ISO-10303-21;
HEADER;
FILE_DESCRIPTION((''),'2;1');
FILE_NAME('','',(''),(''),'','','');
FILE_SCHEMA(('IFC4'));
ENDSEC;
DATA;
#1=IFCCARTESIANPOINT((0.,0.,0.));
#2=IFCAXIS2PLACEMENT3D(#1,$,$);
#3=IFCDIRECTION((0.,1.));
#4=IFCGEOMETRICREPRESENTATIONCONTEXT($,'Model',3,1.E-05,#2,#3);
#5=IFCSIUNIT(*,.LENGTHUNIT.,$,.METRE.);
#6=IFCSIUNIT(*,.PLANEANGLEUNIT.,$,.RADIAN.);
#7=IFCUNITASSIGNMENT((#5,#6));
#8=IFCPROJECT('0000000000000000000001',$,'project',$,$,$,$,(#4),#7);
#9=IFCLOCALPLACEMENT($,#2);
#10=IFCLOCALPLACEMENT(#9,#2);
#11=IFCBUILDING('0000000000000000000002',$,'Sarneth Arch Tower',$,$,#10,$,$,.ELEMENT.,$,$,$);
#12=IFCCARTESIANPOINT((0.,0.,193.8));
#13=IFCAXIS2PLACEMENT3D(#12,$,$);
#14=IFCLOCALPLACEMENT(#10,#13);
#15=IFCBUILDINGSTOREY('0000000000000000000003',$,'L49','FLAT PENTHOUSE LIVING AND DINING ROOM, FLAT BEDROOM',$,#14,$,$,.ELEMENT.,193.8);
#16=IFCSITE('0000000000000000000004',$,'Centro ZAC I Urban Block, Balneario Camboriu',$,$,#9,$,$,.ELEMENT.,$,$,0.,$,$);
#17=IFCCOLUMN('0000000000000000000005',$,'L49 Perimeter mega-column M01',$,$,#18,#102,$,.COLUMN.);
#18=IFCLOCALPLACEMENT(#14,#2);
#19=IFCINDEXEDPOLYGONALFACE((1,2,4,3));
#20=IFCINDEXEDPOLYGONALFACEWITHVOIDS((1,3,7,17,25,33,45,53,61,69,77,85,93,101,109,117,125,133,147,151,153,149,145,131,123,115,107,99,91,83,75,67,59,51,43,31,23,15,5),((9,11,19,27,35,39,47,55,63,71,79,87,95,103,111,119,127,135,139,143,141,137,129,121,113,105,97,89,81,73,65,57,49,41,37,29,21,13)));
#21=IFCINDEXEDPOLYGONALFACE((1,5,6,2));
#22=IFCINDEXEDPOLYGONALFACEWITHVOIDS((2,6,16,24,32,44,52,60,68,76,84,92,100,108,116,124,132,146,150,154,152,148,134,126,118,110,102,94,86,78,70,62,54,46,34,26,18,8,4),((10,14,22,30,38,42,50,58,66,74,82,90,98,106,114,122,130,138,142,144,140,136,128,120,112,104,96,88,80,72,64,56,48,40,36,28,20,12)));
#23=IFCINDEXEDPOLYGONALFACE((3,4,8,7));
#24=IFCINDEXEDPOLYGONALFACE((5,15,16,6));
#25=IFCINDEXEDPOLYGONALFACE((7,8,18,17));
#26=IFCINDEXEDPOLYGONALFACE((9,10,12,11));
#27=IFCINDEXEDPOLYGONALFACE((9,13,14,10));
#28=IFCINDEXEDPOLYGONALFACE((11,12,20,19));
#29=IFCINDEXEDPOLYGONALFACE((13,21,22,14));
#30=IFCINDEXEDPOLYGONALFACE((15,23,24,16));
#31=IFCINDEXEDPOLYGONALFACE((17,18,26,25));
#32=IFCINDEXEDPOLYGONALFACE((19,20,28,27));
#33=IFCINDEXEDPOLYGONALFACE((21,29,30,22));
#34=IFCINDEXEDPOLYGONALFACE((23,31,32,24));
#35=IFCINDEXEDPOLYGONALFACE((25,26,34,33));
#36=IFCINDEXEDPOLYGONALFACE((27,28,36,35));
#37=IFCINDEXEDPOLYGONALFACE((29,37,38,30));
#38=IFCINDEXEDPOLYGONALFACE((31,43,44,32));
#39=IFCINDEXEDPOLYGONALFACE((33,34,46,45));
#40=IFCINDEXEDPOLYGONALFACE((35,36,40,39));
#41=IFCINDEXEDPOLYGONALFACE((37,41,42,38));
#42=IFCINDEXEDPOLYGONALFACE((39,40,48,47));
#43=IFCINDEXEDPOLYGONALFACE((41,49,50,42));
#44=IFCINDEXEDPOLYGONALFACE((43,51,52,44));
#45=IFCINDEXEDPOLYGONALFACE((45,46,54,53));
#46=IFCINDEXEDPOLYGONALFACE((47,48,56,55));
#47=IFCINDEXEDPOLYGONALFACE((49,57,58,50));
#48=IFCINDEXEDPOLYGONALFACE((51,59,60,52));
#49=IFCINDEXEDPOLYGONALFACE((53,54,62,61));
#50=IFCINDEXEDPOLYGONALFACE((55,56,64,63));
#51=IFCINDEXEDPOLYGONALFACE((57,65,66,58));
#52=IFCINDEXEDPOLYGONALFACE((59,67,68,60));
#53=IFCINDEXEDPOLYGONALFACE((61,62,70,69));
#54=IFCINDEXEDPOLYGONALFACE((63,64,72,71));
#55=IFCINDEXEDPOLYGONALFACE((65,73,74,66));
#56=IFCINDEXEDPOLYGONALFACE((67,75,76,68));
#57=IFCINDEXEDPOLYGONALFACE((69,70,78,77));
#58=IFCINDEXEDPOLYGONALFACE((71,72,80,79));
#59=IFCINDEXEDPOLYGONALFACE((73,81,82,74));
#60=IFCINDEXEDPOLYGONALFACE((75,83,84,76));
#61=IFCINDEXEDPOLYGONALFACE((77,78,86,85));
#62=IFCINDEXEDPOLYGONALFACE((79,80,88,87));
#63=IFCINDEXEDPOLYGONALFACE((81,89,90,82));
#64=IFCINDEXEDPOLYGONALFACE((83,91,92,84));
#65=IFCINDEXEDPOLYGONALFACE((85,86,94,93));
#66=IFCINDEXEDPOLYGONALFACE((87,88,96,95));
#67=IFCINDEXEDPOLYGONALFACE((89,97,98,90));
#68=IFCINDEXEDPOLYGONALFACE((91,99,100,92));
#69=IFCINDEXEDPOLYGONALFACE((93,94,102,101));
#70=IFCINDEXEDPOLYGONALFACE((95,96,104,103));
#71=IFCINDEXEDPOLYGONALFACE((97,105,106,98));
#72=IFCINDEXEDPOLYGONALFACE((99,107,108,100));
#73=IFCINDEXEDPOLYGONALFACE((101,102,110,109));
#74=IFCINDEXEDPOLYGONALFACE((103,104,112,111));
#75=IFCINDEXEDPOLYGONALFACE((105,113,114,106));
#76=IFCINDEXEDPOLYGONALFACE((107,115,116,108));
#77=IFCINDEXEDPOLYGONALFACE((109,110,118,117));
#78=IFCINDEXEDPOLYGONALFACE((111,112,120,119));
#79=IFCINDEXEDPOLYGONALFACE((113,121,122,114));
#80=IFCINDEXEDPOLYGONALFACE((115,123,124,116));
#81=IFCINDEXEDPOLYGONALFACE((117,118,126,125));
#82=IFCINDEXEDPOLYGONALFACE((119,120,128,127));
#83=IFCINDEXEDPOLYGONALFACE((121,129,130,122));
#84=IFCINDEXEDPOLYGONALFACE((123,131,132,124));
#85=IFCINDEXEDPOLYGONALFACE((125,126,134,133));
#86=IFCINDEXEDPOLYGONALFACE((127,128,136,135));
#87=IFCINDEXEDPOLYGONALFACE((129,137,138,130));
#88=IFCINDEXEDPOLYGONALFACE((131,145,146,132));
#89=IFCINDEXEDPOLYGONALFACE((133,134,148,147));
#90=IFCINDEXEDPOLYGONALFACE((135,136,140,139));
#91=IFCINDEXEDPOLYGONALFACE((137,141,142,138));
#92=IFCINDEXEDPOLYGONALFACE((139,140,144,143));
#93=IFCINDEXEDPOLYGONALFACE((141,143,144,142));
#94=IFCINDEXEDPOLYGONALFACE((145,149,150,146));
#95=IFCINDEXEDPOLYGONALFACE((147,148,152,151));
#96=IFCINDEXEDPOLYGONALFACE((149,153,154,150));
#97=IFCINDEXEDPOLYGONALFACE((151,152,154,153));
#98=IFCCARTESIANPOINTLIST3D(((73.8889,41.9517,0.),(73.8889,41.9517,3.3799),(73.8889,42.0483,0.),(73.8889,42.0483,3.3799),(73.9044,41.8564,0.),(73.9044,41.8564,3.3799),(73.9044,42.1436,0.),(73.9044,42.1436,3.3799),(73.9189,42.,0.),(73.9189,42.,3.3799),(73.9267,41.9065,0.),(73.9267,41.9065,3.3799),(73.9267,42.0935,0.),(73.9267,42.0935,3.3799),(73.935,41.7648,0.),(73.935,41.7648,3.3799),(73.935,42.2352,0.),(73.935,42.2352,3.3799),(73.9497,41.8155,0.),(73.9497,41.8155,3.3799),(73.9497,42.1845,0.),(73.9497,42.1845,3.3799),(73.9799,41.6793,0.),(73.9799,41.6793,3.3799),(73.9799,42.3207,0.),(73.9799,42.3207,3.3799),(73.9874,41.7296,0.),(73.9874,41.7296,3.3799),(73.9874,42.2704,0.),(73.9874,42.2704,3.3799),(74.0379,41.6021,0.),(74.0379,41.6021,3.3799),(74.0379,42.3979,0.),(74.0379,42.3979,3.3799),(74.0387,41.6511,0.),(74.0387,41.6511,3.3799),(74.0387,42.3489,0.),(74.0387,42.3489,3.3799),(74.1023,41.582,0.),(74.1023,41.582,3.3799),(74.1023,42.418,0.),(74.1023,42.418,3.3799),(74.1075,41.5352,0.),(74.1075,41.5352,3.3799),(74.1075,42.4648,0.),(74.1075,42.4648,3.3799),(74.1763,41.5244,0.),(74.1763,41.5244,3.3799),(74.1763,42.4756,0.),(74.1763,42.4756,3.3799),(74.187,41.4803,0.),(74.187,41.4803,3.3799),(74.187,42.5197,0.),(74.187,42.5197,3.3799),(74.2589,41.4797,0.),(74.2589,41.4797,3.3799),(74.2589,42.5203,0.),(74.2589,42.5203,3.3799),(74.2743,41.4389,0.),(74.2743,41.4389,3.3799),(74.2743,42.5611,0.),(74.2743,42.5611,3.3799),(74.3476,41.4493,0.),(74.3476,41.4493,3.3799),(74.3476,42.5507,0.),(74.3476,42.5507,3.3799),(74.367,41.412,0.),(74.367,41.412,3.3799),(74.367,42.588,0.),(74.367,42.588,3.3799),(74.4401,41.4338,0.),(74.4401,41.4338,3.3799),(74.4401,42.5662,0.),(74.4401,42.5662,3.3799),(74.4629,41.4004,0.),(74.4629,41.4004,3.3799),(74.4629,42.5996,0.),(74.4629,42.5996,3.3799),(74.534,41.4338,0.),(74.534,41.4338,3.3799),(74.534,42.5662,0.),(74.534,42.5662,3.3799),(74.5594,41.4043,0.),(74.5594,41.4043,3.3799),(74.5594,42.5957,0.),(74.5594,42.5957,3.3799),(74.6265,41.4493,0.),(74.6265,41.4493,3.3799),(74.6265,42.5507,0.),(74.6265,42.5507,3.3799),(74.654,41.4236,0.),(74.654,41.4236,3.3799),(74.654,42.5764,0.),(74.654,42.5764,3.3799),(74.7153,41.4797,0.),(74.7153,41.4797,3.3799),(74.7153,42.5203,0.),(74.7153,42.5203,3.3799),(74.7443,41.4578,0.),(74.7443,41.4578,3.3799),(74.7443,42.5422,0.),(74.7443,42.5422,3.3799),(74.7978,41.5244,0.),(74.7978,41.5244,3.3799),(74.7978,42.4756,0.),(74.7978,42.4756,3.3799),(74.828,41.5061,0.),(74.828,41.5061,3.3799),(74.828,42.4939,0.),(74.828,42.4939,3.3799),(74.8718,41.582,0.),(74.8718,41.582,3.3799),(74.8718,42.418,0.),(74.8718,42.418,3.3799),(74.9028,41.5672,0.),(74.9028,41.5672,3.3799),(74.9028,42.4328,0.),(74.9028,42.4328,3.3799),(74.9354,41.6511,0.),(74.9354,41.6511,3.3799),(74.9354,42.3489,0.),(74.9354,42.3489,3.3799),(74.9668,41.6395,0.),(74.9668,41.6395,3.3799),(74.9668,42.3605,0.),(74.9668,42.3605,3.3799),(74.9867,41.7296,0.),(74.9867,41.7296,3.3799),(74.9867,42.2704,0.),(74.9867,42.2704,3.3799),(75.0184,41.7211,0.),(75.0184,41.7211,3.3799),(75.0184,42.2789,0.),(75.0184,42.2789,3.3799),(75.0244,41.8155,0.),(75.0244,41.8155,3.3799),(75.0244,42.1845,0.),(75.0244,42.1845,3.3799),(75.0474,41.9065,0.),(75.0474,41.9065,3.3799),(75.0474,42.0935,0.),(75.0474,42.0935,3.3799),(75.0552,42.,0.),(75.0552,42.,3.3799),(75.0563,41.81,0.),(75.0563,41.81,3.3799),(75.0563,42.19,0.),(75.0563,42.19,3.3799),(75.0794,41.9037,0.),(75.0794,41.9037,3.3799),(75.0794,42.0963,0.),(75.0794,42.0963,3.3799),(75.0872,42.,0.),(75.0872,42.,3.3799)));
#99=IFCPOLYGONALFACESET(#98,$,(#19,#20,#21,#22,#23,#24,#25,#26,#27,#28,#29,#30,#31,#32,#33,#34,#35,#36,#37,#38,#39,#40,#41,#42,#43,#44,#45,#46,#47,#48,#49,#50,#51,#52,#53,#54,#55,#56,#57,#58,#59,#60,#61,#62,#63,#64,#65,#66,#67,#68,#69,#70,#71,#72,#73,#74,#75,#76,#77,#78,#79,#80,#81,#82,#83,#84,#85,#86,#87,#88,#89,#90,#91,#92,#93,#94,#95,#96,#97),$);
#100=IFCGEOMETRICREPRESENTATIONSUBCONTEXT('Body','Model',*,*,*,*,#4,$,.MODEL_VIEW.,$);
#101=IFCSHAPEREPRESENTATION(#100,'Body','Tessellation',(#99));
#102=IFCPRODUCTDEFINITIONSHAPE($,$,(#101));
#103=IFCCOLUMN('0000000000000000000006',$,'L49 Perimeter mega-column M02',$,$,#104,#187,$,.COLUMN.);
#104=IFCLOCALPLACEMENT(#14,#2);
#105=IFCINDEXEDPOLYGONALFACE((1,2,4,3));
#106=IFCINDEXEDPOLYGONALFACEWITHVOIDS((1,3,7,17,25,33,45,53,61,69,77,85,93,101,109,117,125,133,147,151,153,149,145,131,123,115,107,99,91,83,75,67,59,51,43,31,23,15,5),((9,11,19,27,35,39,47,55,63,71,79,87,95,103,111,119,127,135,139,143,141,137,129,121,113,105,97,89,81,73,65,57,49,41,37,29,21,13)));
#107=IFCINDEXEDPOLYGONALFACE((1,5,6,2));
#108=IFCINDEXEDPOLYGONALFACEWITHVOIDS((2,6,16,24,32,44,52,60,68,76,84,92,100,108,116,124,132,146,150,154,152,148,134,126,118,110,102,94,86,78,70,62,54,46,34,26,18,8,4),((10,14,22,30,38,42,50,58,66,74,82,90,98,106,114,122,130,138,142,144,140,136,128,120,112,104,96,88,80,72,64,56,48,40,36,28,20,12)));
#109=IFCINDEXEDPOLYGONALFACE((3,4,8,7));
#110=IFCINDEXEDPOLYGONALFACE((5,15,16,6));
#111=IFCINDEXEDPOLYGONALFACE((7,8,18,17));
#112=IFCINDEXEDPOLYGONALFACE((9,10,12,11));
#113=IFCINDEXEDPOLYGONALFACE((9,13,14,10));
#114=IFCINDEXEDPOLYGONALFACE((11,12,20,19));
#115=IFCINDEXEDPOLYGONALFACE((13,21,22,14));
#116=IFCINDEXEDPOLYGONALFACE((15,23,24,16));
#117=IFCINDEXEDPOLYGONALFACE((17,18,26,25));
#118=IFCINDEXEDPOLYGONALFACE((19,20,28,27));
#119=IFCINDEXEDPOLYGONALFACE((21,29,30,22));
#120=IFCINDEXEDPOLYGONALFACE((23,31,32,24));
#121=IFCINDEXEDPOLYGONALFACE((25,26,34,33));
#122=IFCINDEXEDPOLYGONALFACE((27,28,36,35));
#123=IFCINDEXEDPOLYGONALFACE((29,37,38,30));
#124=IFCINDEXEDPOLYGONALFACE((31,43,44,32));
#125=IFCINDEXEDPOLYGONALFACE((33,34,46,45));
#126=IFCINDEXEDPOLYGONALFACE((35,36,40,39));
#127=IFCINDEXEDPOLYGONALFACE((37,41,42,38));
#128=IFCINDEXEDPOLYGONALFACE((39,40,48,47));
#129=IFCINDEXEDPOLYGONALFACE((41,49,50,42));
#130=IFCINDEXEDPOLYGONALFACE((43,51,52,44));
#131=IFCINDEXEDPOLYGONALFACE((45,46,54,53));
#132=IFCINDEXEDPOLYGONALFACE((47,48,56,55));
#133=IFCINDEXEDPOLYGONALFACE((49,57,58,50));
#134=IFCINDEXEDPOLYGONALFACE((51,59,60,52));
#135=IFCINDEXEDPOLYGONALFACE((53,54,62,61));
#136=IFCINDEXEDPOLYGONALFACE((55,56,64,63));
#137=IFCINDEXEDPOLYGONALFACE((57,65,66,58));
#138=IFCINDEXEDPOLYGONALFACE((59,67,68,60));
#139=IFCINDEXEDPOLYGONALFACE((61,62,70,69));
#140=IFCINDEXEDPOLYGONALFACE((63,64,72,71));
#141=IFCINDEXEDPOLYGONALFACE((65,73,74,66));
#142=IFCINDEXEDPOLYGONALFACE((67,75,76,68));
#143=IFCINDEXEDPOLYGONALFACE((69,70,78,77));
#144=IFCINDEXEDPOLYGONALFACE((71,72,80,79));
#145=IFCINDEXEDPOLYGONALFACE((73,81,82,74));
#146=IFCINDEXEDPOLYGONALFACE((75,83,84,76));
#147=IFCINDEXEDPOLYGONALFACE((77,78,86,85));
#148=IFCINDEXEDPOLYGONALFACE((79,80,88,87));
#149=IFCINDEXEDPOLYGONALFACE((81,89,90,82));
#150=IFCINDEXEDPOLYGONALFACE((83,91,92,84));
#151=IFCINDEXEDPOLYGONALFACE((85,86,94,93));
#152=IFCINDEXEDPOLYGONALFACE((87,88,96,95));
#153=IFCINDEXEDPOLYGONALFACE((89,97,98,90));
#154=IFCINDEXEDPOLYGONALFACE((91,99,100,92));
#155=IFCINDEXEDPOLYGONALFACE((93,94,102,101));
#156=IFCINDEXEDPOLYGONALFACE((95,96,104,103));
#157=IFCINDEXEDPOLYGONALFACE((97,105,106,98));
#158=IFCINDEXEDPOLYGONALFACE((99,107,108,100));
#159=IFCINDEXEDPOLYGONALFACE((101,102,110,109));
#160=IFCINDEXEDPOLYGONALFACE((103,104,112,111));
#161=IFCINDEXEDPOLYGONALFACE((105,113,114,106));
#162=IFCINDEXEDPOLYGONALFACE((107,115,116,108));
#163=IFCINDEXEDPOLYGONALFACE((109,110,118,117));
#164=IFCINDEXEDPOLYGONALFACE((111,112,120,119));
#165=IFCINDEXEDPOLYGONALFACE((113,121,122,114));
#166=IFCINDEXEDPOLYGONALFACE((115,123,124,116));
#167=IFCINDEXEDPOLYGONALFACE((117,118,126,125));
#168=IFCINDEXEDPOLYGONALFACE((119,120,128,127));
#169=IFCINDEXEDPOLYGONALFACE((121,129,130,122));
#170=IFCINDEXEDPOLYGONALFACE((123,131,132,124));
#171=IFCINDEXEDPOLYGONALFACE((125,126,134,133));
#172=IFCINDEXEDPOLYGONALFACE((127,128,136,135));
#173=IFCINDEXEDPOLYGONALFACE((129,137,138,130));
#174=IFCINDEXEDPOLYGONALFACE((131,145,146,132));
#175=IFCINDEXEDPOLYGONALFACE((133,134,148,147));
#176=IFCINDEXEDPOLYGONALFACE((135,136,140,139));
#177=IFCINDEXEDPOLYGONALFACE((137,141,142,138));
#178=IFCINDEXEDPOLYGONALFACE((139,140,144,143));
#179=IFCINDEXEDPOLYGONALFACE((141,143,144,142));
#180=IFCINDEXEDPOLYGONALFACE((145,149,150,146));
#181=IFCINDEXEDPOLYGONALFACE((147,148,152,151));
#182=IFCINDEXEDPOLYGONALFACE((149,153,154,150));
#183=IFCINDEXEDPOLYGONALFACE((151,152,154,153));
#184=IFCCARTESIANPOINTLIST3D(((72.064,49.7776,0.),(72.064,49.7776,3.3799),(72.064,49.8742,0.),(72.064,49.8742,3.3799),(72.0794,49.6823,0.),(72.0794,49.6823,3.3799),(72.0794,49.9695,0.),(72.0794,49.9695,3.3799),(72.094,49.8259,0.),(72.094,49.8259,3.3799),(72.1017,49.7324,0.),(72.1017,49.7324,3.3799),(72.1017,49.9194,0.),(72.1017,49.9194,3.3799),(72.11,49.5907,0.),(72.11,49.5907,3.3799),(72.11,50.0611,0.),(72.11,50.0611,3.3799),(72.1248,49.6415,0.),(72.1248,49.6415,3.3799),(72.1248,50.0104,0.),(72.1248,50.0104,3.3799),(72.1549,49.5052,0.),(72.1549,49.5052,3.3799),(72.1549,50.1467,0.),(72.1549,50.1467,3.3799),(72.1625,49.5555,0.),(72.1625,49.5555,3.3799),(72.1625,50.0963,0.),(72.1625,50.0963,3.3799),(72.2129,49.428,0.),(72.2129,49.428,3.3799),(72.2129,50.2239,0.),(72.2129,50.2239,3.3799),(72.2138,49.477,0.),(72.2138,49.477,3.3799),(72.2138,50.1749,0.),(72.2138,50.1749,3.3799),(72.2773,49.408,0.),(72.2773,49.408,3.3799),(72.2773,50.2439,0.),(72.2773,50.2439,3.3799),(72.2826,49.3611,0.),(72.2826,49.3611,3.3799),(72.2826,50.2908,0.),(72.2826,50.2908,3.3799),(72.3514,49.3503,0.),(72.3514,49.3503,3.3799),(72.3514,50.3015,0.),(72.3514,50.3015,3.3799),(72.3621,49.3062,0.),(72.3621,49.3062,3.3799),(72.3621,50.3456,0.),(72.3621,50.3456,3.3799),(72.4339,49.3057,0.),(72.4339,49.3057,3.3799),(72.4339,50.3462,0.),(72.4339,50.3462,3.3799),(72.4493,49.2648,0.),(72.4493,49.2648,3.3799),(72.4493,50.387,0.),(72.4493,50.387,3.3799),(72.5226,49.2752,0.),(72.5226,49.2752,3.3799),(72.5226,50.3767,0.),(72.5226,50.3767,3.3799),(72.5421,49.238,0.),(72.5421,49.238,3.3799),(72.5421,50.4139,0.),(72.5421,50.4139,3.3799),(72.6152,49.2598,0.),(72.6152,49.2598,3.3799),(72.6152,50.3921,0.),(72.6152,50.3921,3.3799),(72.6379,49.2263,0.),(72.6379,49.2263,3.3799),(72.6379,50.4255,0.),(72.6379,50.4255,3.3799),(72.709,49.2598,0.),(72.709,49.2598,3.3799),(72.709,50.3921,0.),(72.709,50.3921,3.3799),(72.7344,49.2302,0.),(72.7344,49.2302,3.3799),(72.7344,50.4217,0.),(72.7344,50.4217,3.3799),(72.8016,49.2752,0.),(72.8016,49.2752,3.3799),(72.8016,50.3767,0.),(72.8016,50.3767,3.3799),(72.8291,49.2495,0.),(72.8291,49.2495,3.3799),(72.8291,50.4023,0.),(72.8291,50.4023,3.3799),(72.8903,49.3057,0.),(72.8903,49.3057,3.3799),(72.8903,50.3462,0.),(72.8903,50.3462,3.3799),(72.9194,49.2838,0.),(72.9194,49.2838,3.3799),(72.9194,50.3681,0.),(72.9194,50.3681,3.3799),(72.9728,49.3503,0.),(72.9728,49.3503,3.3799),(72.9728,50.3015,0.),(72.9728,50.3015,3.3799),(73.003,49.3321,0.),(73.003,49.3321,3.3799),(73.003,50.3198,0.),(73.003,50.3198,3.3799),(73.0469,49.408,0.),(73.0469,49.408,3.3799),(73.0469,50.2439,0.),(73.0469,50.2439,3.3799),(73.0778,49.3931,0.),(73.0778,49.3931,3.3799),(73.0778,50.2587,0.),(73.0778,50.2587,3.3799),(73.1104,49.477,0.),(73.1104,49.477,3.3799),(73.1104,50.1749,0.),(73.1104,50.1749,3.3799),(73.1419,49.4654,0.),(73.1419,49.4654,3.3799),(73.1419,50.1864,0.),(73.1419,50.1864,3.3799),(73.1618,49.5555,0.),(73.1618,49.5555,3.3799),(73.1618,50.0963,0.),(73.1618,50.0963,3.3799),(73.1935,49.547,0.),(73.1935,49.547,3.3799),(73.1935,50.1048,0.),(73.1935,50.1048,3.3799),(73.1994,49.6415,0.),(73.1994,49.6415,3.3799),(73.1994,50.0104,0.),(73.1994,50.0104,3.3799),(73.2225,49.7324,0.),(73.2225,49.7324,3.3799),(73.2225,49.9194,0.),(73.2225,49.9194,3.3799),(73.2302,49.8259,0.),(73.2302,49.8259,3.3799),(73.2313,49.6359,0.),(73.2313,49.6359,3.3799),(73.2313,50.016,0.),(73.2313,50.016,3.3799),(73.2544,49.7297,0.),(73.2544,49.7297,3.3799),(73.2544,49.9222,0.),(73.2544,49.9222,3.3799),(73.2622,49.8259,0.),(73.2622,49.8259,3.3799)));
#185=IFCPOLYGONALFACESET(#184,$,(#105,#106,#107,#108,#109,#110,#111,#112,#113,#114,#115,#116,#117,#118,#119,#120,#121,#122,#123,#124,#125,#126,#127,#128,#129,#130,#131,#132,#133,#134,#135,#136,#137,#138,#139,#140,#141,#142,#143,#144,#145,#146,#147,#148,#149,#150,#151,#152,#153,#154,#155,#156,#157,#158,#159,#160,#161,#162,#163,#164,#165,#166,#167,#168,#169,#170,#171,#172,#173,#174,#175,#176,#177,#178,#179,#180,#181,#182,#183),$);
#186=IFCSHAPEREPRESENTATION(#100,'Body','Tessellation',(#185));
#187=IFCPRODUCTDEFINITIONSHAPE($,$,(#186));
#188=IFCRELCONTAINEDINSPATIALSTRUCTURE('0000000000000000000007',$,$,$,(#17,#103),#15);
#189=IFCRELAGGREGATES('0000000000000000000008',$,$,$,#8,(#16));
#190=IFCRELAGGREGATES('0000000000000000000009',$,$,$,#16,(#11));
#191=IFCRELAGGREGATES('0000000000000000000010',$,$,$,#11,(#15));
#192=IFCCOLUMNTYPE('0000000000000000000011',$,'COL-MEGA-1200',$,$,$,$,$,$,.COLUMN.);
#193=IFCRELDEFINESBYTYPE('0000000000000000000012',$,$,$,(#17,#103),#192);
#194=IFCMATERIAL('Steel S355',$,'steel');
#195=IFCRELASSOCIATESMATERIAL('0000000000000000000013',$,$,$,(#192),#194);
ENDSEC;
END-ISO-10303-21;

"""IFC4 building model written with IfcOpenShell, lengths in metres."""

from ifc_helpers import new_model, si_unit, direction, frame, origin, origin_2d, place, context, subcontext, project, spatial, hollow_circle, extrude, material, material_profile, profile_set, type_object, element, save


model = new_model("IFC4")

# Units and contexts
model_context = context("Model", 3, precision=1e-05, world=origin(), true_north=direction((0.0, 1.0)))
body_context = subcontext(model_context, "Body", "Model", "MODEL_VIEW")
ifc_project = project(units=[si_unit("LENGTHUNIT", "METRE"), si_unit("PLANEANGLEUNIT", "RADIAN")], contexts=[model_context])

# Site, building, storey
site_placement = place(None, origin())
site = spatial("IfcSite", under=ifc_project, at=site_placement, Name="Centro ZAC I Urban Block, Balneario Camboriu", CompositionType="ELEMENT", RefElevation=0.0)
building_placement = place(site_placement, origin())
building = spatial("IfcBuilding", under=site, at=building_placement, Name="Sarneth Arch Tower", CompositionType="ELEMENT")
storey_placement = place(building_placement, frame((0.0, 0.0, 193.8)))
storey = spatial("IfcBuildingStorey", under=building, at=storey_placement, Name="L49", Description="FLAT PENTHOUSE LIVING AND DINING ROOM, FLAT BEDROOM", CompositionType="ELEMENT", Elevation=193.8)

# Columns
ifc_material_1 = material(Name="Steel S355", Category="steel")
ifc_material_profile_1 = material_profile(ifc_material_1, hollow_circle(Radius=0.6001, WallThickness=0.032, at=origin_2d()), Name="CHS1200x32")
ifc_profile_set_1 = profile_set([ifc_material_profile_1], Name="Steel S355")
column_type = type_object("IfcColumnType", Name="COL-MEGA-1200", PredefinedType="COLUMN", material=ifc_profile_set_1)
for number, where, z_axis, x_axis, name in (
    (1, (74.4871, 42.0, 0.0), (0.0, 0.0, 1.0), (1.0, 0.0, 0.0), "L49 Perimeter mega-column M01"),
    (2, (72.6621, 49.8259, 0.0), (0.0, 0.0, 1.0), (1.0, 0.0, 0.0), "L49 Perimeter mega-column M02"),
):
    element("IfcColumn", number, at=place(storey_placement, frame(where, z_axis=z_axis, x_axis=x_axis)), inside=storey, type_object=column_type, Name=name, PredefinedType="COLUMN", context=body_context, shape_type="SweptSolid", body=[
        extrude(hollow_circle(Radius=0.6001, WallThickness=0.032, at=origin_2d()), origin(), (0.0, 0.0, 1.0), 3.3799),
    ])

save(model, "model.ifc")
